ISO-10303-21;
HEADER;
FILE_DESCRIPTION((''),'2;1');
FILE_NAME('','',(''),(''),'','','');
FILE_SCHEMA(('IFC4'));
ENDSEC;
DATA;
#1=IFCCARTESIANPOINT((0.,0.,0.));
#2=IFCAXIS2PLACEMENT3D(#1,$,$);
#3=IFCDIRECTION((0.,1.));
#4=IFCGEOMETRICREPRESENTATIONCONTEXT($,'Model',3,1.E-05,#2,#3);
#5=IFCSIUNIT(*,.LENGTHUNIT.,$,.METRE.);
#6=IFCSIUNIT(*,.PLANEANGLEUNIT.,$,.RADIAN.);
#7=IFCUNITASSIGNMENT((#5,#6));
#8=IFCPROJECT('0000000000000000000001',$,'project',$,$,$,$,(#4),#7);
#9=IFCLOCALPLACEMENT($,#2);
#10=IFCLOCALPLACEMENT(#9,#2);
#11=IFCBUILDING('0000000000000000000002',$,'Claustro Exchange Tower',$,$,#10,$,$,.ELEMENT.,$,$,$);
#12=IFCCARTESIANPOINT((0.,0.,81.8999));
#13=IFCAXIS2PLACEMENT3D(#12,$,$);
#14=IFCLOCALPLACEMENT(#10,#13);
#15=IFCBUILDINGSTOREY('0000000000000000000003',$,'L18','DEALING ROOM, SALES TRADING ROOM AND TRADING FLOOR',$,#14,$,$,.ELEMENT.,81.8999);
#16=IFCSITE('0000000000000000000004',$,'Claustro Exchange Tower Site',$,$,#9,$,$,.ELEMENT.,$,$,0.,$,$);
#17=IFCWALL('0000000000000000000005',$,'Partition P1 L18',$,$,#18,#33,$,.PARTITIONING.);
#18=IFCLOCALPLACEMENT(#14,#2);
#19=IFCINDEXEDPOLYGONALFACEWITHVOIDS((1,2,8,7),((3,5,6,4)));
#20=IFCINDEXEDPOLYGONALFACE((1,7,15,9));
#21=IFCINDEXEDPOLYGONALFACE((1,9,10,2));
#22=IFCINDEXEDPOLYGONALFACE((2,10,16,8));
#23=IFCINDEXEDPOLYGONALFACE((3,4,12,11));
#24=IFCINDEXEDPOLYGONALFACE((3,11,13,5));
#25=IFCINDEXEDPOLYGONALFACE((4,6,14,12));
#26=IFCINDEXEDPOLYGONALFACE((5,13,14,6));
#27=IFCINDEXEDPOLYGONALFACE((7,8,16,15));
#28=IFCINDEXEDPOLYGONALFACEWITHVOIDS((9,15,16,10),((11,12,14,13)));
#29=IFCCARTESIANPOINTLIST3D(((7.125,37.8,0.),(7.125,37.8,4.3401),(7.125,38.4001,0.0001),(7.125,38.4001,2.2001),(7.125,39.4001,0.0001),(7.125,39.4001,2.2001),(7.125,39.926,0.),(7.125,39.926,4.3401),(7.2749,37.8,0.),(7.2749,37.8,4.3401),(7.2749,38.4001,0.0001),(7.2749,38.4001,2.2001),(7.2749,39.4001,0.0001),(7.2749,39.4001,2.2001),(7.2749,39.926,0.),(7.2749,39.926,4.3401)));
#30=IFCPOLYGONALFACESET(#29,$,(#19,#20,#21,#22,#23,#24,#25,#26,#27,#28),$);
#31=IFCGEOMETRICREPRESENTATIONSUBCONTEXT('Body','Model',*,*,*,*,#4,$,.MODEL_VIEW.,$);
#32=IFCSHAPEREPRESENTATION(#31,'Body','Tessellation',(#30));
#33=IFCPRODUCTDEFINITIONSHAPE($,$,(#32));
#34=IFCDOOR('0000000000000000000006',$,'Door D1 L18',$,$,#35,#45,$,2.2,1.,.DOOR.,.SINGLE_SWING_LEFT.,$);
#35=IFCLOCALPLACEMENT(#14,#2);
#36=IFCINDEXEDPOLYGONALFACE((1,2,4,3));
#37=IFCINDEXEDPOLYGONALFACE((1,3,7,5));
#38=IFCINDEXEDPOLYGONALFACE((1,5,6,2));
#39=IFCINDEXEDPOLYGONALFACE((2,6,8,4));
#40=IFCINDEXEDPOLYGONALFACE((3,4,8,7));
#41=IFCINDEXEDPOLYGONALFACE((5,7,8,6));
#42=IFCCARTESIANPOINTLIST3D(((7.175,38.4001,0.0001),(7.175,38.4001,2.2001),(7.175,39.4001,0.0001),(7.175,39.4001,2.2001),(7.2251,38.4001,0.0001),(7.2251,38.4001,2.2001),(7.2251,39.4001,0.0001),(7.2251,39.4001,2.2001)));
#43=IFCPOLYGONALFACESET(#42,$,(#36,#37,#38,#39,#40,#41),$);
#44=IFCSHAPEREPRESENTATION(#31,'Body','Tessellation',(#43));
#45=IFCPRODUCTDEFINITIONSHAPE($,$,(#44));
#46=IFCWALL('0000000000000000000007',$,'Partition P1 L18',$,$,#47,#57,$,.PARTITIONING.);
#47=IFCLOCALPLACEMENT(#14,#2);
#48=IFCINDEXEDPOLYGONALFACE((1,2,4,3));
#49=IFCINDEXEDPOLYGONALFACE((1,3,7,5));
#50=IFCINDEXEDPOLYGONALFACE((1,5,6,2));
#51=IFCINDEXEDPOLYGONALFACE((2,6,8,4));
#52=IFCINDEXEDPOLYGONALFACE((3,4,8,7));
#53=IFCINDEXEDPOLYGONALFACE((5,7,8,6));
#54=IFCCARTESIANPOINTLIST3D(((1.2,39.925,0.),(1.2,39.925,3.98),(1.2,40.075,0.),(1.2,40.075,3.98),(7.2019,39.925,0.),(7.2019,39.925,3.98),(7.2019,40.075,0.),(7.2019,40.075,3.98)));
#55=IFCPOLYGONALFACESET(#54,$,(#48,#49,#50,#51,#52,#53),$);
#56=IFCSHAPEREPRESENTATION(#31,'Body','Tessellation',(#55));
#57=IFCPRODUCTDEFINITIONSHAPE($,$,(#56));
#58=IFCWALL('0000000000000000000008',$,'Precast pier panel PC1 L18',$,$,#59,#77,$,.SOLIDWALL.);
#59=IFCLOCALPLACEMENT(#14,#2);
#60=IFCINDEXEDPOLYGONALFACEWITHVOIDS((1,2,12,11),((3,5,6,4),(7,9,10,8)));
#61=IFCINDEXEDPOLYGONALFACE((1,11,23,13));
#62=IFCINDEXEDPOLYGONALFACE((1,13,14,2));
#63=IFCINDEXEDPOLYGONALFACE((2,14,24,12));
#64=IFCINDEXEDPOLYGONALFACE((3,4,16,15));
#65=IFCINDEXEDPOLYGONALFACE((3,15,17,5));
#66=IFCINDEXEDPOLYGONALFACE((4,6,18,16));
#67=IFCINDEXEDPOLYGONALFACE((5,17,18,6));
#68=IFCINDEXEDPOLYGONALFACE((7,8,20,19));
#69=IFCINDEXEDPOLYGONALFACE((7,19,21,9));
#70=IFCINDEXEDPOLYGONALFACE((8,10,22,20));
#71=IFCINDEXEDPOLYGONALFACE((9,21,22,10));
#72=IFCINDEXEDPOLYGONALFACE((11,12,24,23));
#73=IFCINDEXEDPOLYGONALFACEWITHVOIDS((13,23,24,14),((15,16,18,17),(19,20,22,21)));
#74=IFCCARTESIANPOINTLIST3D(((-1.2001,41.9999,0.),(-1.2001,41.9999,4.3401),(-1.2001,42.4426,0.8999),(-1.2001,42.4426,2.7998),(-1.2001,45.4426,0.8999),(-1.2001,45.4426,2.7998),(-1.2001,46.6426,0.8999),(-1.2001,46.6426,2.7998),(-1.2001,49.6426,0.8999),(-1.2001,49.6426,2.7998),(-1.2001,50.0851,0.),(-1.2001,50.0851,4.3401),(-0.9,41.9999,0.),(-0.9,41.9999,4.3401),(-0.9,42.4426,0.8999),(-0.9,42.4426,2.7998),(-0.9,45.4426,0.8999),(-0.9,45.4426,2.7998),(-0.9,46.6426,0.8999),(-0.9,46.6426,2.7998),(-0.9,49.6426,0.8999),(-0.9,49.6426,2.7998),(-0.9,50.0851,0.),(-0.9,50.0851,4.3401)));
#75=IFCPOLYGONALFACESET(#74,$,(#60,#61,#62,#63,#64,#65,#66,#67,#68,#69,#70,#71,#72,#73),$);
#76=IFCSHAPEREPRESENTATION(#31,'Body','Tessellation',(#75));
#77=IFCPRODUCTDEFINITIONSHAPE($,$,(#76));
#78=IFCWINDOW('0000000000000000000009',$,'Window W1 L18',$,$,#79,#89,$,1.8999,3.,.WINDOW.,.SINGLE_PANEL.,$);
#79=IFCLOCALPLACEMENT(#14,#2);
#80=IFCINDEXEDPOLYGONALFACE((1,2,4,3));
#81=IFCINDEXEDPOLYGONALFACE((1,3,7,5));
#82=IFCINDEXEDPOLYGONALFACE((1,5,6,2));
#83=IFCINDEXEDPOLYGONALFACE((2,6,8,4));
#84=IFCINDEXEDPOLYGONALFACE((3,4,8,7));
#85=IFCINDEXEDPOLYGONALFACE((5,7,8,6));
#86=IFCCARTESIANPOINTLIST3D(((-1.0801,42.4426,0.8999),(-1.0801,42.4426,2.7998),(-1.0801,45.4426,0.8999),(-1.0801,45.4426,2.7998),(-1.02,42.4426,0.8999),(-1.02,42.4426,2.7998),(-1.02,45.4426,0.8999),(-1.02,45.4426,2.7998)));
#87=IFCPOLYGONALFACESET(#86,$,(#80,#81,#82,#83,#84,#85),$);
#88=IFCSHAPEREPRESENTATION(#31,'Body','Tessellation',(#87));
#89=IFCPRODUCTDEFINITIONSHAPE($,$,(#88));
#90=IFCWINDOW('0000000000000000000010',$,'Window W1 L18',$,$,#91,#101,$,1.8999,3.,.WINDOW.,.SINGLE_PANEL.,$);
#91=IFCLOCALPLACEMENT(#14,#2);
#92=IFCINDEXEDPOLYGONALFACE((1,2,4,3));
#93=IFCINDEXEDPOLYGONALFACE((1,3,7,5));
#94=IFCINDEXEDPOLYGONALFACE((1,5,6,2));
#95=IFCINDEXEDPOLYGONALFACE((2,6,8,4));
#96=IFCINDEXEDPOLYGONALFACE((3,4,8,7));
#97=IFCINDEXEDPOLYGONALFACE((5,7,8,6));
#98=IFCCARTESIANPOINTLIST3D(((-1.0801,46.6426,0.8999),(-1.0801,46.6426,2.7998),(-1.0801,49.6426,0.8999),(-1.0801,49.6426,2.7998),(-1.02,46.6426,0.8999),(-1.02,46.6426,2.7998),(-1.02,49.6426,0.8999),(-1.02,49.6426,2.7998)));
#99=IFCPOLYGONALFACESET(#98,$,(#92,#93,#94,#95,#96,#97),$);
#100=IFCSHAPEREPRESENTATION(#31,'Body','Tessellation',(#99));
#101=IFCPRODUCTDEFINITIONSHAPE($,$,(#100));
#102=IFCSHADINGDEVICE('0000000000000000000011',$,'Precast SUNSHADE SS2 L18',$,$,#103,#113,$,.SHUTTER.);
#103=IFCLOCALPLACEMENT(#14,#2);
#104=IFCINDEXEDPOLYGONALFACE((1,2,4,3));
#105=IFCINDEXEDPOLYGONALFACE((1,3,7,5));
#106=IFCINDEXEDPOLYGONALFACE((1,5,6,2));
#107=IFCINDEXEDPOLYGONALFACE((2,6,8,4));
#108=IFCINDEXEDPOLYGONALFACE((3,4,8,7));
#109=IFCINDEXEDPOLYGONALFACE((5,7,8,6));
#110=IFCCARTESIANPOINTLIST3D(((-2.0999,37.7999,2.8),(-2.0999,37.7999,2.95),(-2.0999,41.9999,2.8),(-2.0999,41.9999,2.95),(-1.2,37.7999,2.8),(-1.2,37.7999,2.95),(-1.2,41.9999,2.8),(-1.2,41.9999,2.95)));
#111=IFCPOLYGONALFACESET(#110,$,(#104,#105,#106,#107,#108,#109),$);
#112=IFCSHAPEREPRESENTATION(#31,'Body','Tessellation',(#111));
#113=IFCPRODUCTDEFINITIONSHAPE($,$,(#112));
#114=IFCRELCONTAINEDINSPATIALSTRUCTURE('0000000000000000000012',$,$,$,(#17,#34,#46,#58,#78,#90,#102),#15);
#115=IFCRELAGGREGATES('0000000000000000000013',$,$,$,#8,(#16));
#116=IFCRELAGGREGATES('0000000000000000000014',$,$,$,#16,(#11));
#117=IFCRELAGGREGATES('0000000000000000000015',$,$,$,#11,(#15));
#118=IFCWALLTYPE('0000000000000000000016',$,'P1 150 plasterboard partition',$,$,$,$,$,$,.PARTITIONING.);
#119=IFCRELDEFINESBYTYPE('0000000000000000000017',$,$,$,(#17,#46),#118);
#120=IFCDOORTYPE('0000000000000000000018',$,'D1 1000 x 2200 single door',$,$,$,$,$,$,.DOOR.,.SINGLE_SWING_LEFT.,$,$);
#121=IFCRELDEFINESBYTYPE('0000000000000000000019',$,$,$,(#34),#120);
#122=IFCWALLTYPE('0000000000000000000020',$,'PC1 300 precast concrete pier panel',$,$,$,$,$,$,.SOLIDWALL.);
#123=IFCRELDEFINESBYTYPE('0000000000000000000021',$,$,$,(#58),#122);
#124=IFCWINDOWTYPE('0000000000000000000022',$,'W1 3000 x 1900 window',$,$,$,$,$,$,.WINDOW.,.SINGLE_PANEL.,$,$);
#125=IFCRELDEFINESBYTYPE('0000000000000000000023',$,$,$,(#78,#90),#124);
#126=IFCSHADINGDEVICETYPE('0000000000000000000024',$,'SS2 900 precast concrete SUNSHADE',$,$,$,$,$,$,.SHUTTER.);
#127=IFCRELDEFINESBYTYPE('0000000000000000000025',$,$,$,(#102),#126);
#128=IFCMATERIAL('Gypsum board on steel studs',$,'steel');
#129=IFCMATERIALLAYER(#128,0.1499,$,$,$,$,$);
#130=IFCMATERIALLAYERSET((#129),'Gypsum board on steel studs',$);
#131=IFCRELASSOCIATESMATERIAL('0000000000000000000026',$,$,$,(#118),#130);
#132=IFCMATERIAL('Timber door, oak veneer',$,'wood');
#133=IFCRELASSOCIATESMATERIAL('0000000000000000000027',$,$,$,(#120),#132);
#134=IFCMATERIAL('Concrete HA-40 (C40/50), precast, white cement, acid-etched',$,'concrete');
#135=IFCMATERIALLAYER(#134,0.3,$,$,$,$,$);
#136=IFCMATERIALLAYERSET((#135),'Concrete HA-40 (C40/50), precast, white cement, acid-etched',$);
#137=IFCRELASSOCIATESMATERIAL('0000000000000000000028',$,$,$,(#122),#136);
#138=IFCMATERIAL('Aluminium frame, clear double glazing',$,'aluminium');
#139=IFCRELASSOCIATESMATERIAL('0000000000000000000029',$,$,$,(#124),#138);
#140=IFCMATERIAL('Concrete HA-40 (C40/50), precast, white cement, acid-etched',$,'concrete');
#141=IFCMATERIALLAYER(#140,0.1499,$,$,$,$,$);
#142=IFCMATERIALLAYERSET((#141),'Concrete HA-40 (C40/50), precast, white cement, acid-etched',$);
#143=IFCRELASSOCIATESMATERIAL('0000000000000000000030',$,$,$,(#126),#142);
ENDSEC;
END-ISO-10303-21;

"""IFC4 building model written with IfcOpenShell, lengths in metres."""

from ifc_helpers import new_model, si_unit, direction, frame, frame_2d, origin, origin_2d, place, context, subcontext, project, spatial, rectangle, extrude, material, layer, layer_set, type_object, element, fill, save


model = new_model("IFC4")

# Units and contexts
model_context = context("Model", 3, precision=1e-05, world=origin(), true_north=direction((0.0, 1.0)))
body_context = subcontext(model_context, "Body", "Model", "MODEL_VIEW")
ifc_project = project(units=[si_unit("LENGTHUNIT", "METRE"), si_unit("PLANEANGLEUNIT", "RADIAN")], contexts=[model_context])

# Site, building, storey
site_placement = place(None, origin())
site = spatial("IfcSite", under=ifc_project, at=site_placement, Name="Claustro Exchange Tower Site", CompositionType="ELEMENT", RefElevation=0.0)
building_placement = place(site_placement, origin())
building = spatial("IfcBuilding", under=site, at=building_placement, Name="Claustro Exchange Tower", CompositionType="ELEMENT")
storey_placement = place(building_placement, frame((0.0, 0.0, 81.8999)))
storey = spatial("IfcBuildingStorey", under=building, at=storey_placement, Name="L18", Description="DEALING ROOM, SALES TRADING ROOM AND TRADING FLOOR", CompositionType="ELEMENT", Elevation=81.8999)

# Shared definitions
ifc_material_1 = material(Name="Gypsum board on steel studs", Category="steel")
ifc_layer_1 = layer(ifc_material_1, 0.1499)
ifc_layer_set_1 = layer_set([ifc_layer_1], Name="Gypsum board on steel studs")
wall_type_1 = type_object("IfcWallType", Name="P1 150 plasterboard partition", PredefinedType="PARTITIONING", material=ifc_layer_set_1)

# Wall, opening, door
wall_1_placement = place(storey_placement, frame((7.2, 37.8, 0.0), z_axis=(0.0, 0.0, 1.0), x_axis=(0.0, 1.0, 0.0)))
wall_1 = element("IfcWall", 1, at=wall_1_placement, inside=storey, type_object=wall_type_1, Name="Partition P1 L18", PredefinedType="PARTITIONING", context=body_context, shape_type="SweptSolid", body=[
    extrude(rectangle(XDim=2.126, YDim=0.1499, at=frame_2d((1.063, 0.0))), origin(), (0.0, 0.0, 1.0), 4.3401),
])
opening_1_placement = place(wall_1_placement, frame((0.6001, 0.0, 0.0)))
opening_1 = element("IfcOpeningElement", 2, at=opening_1_placement, cuts=wall_1, PredefinedType="OPENING", context=body_context, shape_type="SweptSolid", body=[
    extrude(rectangle(XDim=1.0, YDim=2.2, at=frame_2d((0.5, 1.1001))), frame((0.0, 0.085, 0.0), z_axis=(0.0, -1.0, 0.0), x_axis=(1.0, 0.0, 0.0)), (0.0, 0.0, 1.0), 0.1699),
])
ifc_material_2 = material(Name="Timber door, oak veneer", Category="wood")
door_type_1 = type_object("IfcDoorType", Name="D1 1000 x 2200 single door", OperationType="SINGLE_SWING_LEFT", PredefinedType="DOOR", material=ifc_material_2)
door_1_placement = place(opening_1_placement, origin())
door_1 = element("IfcDoor", 3, at=door_1_placement, inside=storey, type_object=door_type_1, Name="Door D1 L18", OperationType="SINGLE_SWING_LEFT", OverallHeight=2.2, OverallWidth=1.0, PredefinedType="DOOR", context=body_context, shape_type="SweptSolid", body=[
    extrude(rectangle(XDim=1.0, YDim=2.2, at=frame_2d((0.5, 1.1001))), frame((0.0, 0.0249, 0.0), z_axis=(0.0, -1.0, 0.0), x_axis=(1.0, 0.0, 0.0)), (0.0, 0.0, 1.0), 0.05),
])
fill(opening_1, door_1)

# Wall
wall_2_placement = place(storey_placement, frame((1.2, 40.0, 0.0), z_axis=(0.0, 0.0, 1.0), x_axis=(1.0, 0.0, 0.0)))
element("IfcWall", 4, at=wall_2_placement, inside=storey, type_object=wall_type_1, Name="Partition P1 L18", PredefinedType="PARTITIONING", context=body_context, shape_type="SweptSolid", body=[
    extrude(rectangle(XDim=6.002, YDim=0.1499, at=frame_2d((3.001, 0.0))), origin(), (0.0, 0.0, 1.0), 3.98),
])

# Wall, openings, windows
ifc_material_3 = material(Name="Concrete HA-40 (C40/50), precast, white cement, acid-etched", Category="concrete")
ifc_layer_2 = layer(ifc_material_3, 0.3)
ifc_layer_set_2 = layer_set([ifc_layer_2], Name="Concrete HA-40 (C40/50), precast, white cement, acid-etched")
wall_type_2 = type_object("IfcWallType", Name="PC1 300 precast concrete pier panel", PredefinedType="SOLIDWALL", material=ifc_layer_set_2)
wall_3_placement = place(storey_placement, frame((-1.05, 42.0, 0.0), z_axis=(0.0, 0.0, 1.0), x_axis=(0.0, 1.0, 0.0)))
wall_3 = element("IfcWall", 5, at=wall_3_placement, inside=storey, type_object=wall_type_2, Name="Precast pier panel PC1 L18", PredefinedType="SOLIDWALL", context=body_context, shape_type="SweptSolid", body=[
    extrude(rectangle(XDim=8.0852, YDim=0.3, at=frame_2d((4.0425, 0.0))), origin(), (0.0, 0.0, 1.0), 4.3401),
])
opening_2_placement = place(wall_3_placement, frame((0.4426, 0.0, 0.8999)))
opening_2 = element("IfcOpeningElement", 6, at=opening_2_placement, cuts=wall_3, PredefinedType="OPENING", context=body_context, shape_type="SweptSolid", body=[
    extrude(rectangle(XDim=3.0, YDim=1.8999, at=frame_2d((1.5, 0.95))), frame((0.0, 0.1599, 0.0), z_axis=(0.0, -1.0, 0.0), x_axis=(1.0, 0.0, 0.0)), (0.0, 0.0, 1.0), 0.3201),
])
opening_3_placement = place(wall_3_placement, frame((4.6426, 0.0, 0.8999)))
opening_3 = element("IfcOpeningElement", 7, at=opening_3_placement, cuts=wall_3, PredefinedType="OPENING", context=body_context, shape_type="SweptSolid", body=[
    extrude(rectangle(XDim=3.0, YDim=1.8999, at=frame_2d((1.5, 0.95))), frame((0.0, 0.1599, 0.0), z_axis=(0.0, -1.0, 0.0), x_axis=(1.0, 0.0, 0.0)), (0.0, 0.0, 1.0), 0.3201),
])
ifc_material_4 = material(Name="Aluminium frame, clear double glazing", Category="aluminium")
window_type = type_object("IfcWindowType", Name="W1 3000 x 1900 window", PartitioningType="SINGLE_PANEL", PredefinedType="WINDOW", material=ifc_material_4)
window_1_placement = place(opening_2_placement, origin())
window_1 = element("IfcWindow", 8, at=window_1_placement, inside=storey, type_object=window_type, Name="Window W1 L18", OverallHeight=1.8999, OverallWidth=3.0, PartitioningType="SINGLE_PANEL", PredefinedType="WINDOW", context=body_context, shape_type="SweptSolid", body=[
    extrude(rectangle(XDim=3.0, YDim=1.8999, at=frame_2d((1.5, 0.95))), frame((0.0, 0.03, 0.0), z_axis=(0.0, -1.0, 0.0), x_axis=(1.0, 0.0, 0.0)), (0.0, 0.0, 1.0), 0.0601),
])
fill(opening_2, window_1)
window_2_placement = place(opening_3_placement, origin())
window_2 = element("IfcWindow", 9, at=window_2_placement, inside=storey, type_object=window_type, Name="Window W1 L18", OverallHeight=1.8999, OverallWidth=3.0, PartitioningType="SINGLE_PANEL", PredefinedType="WINDOW", context=body_context, shape_type="SweptSolid", body=[
    extrude(rectangle(XDim=3.0, YDim=1.8999, at=frame_2d((1.5, 0.95))), frame((0.0, 0.03, 0.0), z_axis=(0.0, -1.0, 0.0), x_axis=(1.0, 0.0, 0.0)), (0.0, 0.0, 1.0), 0.0601),
])
fill(opening_3, window_2)

# Shading device
ifc_material_5 = material(Name="Concrete HA-40 (C40/50), precast, white cement, acid-etched", Category="concrete")
ifc_layer_3 = layer(ifc_material_5, 0.1499)
ifc_layer_set_3 = layer_set([ifc_layer_3], Name="Concrete HA-40 (C40/50), precast, white cement, acid-etched")
shading_device_type = type_object("IfcShadingDeviceType", Name="SS2 900 precast concrete SUNSHADE", PredefinedType="SHUTTER", material=ifc_layer_set_3)
shading_device_placement = place(storey_placement, frame((-1.6499, 39.8999, 2.8), z_axis=(0.0, 0.0, 1.0), x_axis=(0.0, 1.0, 0.0)))
element("IfcShadingDevice", 10, at=shading_device_placement, inside=storey, type_object=shading_device_type, Name="Precast SUNSHADE SS2 L18", PredefinedType="SHUTTER", context=body_context, shape_type="SweptSolid", body=[
    extrude(rectangle(XDim=4.2, YDim=0.8999, at=origin_2d()), origin(), (0.0, 0.0, 1.0), 0.1499),
])

save(model, "model.ifc")
